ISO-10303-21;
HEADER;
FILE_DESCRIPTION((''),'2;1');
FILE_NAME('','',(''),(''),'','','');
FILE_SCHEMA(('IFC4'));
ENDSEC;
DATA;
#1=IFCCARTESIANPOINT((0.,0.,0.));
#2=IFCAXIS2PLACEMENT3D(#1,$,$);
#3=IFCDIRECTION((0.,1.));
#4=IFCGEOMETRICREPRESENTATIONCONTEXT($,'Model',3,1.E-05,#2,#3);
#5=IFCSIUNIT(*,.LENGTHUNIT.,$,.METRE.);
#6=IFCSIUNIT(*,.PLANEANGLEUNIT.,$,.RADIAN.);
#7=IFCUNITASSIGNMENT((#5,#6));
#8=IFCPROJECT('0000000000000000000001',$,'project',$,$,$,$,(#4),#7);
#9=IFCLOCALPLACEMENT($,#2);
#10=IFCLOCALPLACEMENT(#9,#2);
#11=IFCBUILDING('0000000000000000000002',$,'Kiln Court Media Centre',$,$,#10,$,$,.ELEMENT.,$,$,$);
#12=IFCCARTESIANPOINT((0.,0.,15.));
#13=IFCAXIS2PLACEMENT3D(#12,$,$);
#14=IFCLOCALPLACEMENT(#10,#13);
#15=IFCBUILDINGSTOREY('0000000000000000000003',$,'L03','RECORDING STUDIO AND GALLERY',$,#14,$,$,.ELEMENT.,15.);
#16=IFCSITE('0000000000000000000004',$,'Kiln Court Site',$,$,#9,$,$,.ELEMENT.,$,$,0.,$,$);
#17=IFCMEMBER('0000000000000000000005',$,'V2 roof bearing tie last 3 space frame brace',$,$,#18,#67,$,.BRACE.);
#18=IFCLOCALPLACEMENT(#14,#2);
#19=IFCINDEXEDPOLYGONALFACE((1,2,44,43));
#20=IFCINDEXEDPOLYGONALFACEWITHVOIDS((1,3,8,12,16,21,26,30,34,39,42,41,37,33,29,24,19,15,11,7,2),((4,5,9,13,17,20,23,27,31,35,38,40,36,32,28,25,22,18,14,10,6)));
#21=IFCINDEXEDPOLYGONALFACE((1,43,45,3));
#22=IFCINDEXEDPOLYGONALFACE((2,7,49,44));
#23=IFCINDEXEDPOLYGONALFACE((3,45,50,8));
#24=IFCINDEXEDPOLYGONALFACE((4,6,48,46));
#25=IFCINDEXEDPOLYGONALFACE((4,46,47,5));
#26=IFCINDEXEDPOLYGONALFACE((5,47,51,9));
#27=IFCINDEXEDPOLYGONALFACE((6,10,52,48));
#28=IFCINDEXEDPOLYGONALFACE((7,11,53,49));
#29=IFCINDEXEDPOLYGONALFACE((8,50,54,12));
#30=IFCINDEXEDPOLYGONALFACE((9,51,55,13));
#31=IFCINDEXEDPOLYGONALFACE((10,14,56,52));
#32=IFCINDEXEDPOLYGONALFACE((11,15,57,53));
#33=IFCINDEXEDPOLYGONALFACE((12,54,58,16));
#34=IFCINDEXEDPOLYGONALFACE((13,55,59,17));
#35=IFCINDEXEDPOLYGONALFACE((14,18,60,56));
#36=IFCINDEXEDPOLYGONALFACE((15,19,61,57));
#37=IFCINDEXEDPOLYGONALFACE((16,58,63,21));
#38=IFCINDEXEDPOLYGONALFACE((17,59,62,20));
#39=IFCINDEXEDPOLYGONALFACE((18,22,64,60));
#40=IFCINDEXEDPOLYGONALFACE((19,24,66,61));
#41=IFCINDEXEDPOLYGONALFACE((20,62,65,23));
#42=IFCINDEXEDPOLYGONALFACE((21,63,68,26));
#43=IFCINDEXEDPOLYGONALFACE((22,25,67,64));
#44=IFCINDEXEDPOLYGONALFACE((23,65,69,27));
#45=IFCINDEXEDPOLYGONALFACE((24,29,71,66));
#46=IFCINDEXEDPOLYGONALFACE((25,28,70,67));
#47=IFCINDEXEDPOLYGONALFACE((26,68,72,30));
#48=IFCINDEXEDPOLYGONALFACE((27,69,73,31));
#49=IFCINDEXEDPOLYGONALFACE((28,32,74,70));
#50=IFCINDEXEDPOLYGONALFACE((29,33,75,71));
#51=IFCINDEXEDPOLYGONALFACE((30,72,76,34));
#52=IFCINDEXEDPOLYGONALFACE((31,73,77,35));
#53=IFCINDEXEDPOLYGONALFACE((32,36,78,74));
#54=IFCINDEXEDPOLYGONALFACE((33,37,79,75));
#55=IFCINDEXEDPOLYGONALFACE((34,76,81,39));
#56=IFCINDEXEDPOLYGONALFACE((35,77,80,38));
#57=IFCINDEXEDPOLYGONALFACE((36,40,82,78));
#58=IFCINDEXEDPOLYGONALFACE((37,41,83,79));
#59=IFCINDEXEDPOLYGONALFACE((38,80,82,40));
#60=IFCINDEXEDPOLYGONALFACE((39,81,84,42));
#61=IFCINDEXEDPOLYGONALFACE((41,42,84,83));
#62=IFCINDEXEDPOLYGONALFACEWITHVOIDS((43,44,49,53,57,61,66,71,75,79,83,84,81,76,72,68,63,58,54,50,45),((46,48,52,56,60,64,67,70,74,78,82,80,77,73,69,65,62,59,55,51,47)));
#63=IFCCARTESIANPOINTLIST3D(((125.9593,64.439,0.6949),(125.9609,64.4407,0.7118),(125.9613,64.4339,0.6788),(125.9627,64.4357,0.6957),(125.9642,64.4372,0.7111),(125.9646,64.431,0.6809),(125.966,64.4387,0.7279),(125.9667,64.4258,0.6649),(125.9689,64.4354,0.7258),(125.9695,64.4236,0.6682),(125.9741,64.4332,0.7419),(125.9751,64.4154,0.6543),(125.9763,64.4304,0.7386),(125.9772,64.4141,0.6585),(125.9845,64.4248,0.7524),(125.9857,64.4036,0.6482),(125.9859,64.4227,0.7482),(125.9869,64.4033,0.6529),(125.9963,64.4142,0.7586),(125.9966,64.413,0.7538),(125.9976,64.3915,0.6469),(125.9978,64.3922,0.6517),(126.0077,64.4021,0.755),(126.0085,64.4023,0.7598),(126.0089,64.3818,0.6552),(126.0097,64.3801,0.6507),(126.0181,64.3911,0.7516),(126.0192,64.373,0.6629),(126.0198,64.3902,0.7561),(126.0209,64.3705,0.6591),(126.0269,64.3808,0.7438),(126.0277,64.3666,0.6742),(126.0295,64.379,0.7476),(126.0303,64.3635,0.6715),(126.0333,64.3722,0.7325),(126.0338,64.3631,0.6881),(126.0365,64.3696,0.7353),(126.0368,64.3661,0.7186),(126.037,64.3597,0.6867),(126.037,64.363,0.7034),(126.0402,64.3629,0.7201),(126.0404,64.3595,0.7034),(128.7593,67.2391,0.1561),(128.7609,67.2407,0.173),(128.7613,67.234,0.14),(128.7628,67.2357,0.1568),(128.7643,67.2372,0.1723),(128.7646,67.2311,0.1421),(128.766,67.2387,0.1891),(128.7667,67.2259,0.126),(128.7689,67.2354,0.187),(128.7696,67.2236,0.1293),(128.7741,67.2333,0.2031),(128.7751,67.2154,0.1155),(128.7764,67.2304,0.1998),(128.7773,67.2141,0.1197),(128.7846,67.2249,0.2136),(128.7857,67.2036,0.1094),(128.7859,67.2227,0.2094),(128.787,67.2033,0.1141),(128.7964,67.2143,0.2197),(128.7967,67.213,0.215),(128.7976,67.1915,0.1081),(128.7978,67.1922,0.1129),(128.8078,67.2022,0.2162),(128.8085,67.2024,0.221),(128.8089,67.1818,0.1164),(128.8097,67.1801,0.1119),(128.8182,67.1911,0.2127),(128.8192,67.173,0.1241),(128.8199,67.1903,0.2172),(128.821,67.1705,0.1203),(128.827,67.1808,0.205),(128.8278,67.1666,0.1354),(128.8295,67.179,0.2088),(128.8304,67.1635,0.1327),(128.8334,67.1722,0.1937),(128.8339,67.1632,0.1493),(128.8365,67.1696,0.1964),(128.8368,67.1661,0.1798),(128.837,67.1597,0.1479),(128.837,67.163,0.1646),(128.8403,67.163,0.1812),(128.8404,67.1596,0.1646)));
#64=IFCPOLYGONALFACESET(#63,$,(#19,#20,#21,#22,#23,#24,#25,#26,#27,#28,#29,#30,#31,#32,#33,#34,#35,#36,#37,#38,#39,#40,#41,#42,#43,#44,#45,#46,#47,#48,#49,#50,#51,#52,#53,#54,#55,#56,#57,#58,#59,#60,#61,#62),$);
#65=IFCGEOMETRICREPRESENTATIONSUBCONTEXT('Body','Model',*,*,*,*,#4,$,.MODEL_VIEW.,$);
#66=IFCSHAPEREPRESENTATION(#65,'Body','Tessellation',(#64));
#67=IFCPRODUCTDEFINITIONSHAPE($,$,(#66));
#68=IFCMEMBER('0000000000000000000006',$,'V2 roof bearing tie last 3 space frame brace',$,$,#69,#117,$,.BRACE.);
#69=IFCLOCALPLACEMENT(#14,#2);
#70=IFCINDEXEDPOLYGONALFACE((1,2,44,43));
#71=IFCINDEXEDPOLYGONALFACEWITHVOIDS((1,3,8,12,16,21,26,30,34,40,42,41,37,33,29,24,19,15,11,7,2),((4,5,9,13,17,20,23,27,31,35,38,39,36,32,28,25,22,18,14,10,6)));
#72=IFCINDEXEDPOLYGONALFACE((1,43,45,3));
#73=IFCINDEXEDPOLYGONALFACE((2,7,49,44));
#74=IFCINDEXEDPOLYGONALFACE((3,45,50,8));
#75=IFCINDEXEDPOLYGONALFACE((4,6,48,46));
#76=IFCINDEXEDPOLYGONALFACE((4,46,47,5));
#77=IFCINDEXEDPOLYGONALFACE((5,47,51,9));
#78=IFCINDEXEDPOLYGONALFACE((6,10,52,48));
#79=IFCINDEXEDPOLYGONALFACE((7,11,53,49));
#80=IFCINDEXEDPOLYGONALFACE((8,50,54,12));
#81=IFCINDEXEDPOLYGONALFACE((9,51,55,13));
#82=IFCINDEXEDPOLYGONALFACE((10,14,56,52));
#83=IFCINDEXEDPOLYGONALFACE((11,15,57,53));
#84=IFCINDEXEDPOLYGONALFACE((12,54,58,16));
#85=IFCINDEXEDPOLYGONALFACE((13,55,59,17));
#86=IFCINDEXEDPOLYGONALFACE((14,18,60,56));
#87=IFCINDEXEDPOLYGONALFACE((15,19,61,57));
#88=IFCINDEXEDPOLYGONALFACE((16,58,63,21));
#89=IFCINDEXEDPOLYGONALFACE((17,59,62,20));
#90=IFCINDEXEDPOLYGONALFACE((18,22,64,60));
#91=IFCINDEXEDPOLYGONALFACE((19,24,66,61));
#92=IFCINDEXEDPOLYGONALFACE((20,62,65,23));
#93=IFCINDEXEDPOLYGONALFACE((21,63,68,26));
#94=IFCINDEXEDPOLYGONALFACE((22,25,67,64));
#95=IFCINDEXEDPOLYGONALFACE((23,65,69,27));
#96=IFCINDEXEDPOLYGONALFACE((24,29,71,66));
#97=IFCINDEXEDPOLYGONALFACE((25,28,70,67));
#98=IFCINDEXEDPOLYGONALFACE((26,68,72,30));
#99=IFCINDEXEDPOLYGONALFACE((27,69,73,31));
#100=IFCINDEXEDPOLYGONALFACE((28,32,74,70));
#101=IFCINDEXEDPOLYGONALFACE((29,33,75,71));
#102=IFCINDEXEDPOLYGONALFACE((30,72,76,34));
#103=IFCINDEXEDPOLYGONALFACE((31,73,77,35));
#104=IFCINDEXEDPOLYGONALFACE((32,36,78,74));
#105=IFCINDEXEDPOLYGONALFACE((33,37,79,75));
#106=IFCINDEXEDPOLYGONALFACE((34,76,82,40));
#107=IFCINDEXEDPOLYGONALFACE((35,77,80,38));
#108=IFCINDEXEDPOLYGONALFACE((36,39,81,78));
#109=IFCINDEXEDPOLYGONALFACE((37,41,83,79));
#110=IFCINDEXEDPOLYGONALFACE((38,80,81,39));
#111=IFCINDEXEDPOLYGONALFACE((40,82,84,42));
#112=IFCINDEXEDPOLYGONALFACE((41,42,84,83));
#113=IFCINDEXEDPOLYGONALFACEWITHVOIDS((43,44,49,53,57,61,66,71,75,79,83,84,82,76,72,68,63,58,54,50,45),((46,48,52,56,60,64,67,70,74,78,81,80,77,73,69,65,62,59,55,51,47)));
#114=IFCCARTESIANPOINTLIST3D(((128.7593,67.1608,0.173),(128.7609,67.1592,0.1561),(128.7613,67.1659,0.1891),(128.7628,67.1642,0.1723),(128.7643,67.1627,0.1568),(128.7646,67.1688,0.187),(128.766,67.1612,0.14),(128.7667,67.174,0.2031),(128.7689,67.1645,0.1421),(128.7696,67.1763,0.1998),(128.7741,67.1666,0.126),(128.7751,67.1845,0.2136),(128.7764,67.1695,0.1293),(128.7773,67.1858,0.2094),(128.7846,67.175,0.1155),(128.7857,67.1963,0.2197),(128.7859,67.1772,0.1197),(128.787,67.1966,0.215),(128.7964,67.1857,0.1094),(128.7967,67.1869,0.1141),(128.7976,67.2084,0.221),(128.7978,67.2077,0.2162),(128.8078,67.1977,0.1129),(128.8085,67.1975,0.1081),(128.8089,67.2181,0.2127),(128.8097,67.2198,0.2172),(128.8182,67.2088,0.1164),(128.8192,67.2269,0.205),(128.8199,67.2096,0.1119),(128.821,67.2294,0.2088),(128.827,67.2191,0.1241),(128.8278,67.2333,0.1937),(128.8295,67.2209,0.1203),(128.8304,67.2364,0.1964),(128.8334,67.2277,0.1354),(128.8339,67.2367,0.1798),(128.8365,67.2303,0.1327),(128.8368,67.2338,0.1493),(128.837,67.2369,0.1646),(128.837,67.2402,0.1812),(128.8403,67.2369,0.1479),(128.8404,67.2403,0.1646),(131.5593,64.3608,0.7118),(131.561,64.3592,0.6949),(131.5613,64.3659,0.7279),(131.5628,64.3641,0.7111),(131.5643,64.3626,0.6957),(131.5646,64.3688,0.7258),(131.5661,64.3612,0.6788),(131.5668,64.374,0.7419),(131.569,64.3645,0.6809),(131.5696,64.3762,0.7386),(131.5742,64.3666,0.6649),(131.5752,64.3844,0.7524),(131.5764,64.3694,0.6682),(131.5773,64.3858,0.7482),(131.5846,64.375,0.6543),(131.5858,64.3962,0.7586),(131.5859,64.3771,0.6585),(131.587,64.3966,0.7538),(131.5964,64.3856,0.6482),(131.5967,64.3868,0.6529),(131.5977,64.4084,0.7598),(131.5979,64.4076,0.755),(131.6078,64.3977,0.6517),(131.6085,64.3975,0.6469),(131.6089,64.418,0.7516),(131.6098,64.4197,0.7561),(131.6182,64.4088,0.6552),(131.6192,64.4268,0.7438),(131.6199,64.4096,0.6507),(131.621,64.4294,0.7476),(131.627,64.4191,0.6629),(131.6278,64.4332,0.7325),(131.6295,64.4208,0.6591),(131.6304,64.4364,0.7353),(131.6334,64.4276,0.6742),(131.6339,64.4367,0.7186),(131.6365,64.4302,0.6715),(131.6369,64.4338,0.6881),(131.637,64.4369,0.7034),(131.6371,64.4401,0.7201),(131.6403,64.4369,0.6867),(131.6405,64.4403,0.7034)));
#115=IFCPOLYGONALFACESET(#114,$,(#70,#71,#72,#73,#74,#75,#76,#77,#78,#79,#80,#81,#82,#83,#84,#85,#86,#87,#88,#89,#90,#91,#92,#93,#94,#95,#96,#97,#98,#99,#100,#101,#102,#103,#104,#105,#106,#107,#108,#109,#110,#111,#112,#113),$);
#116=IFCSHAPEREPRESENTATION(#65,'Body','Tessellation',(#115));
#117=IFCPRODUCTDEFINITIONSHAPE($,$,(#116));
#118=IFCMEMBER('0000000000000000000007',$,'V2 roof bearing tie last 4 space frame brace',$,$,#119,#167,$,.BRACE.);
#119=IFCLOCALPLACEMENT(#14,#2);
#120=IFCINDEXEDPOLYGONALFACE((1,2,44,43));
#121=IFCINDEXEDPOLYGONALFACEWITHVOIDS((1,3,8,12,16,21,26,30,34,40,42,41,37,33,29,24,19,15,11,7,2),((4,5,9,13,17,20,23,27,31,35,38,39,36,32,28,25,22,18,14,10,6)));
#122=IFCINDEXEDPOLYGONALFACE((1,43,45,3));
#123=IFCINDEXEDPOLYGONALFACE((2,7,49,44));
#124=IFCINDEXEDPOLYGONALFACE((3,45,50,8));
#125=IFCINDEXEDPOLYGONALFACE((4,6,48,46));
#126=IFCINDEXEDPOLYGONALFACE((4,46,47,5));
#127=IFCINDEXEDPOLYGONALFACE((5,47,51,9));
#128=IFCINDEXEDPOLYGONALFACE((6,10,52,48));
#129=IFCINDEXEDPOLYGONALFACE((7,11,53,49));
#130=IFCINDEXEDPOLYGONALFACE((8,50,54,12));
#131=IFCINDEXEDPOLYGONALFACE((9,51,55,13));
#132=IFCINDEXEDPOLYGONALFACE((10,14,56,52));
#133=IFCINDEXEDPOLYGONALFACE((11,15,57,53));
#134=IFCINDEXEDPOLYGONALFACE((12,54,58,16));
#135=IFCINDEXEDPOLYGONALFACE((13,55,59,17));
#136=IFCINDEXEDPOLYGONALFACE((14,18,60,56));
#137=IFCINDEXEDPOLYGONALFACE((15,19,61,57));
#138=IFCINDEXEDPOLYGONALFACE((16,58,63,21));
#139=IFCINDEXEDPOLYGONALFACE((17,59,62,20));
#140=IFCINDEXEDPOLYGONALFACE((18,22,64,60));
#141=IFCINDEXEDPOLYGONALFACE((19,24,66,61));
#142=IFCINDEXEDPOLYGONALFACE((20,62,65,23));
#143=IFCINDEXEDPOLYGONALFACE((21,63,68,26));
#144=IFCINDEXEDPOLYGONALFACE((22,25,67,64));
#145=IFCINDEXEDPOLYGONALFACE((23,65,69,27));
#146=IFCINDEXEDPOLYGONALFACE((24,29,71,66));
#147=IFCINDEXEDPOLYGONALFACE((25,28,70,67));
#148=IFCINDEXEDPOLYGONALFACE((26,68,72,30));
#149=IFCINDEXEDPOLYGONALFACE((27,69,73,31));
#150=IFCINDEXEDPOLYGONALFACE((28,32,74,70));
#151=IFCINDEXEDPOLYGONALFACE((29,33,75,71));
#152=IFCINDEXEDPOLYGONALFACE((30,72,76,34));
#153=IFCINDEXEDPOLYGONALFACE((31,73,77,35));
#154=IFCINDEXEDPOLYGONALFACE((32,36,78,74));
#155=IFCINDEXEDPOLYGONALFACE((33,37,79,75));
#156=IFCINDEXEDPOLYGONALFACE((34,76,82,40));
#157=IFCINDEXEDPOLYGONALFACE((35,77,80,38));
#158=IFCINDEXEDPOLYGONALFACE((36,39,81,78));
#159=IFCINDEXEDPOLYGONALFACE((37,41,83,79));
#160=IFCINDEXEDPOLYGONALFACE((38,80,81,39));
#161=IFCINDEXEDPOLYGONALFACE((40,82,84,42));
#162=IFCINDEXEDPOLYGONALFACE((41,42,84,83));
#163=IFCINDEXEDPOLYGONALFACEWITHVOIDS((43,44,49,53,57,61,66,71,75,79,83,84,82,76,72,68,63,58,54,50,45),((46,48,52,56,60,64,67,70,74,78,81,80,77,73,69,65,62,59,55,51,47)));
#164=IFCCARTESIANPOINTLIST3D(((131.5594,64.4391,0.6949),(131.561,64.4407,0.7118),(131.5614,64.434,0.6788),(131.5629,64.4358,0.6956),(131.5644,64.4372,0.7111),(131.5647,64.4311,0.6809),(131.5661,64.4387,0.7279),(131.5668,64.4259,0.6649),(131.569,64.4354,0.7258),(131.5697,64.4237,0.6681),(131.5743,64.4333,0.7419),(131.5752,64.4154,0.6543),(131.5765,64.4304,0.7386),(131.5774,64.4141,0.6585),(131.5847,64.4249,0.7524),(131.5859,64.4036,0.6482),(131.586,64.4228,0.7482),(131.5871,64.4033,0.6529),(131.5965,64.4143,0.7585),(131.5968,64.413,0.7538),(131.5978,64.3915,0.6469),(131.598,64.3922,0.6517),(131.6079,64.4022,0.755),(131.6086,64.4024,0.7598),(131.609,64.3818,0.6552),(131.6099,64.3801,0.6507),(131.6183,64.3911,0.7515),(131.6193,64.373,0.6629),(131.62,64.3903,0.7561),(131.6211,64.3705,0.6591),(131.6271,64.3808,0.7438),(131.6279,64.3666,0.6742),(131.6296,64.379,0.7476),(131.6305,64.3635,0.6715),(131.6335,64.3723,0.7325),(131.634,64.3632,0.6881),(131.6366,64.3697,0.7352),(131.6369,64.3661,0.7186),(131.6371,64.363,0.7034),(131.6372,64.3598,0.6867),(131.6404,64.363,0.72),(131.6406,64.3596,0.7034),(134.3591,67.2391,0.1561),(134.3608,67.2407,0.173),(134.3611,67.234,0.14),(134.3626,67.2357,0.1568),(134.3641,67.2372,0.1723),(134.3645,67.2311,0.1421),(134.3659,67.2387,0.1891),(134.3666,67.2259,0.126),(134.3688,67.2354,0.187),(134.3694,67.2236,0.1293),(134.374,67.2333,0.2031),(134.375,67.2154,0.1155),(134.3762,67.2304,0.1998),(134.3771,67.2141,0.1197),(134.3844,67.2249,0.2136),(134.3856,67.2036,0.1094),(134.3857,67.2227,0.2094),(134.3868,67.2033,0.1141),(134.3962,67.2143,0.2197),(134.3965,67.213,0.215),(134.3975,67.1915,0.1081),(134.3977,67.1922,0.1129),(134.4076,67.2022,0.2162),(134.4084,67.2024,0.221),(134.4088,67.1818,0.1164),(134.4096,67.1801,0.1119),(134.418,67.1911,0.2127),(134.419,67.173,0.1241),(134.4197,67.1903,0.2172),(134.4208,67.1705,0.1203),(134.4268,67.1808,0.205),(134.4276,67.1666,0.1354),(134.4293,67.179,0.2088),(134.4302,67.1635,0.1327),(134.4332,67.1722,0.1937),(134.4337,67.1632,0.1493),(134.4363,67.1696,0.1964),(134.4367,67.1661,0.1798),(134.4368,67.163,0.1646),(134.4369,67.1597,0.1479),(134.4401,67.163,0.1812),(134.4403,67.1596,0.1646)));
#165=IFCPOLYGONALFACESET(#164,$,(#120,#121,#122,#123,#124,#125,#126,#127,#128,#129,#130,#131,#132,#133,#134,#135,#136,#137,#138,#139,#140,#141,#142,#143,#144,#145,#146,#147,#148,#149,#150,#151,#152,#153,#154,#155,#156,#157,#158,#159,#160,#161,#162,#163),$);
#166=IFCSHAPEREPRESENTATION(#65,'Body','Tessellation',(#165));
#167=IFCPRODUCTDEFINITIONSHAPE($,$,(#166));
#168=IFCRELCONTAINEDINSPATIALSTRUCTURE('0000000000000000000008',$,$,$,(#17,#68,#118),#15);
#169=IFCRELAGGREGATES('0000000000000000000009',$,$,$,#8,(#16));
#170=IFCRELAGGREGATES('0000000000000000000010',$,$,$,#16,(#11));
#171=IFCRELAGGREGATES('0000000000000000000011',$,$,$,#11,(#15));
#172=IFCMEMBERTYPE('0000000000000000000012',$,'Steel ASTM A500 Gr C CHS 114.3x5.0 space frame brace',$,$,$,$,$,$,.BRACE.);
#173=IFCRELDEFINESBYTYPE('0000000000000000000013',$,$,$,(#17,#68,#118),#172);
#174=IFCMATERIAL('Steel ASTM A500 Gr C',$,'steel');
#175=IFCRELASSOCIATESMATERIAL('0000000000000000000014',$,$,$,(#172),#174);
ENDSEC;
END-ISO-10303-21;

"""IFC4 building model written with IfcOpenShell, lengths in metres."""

from ifc_helpers import new_model, si_unit, direction, frame, origin, origin_2d, place, context, subcontext, project, spatial, hollow_circle, extrude, material, material_profile, profile_set, type_object, element, save


model = new_model("IFC4")

# Units and contexts
model_context = context("Model", 3, precision=1e-05, world=origin(), true_north=direction((0.0, 1.0)))
body_context = subcontext(model_context, "Body", "Model", "MODEL_VIEW")
ifc_project = project(units=[si_unit("LENGTHUNIT", "METRE"), si_unit("PLANEANGLEUNIT", "RADIAN")], contexts=[model_context])

# Site, building, storey
site_placement = place(None, origin())
site = spatial("IfcSite", under=ifc_project, at=site_placement, Name="Kiln Court Site", CompositionType="ELEMENT", RefElevation=0.0)
building_placement = place(site_placement, origin())
building = spatial("IfcBuilding", under=site, at=building_placement, Name="Kiln Court Media Centre", CompositionType="ELEMENT")
storey_placement = place(building_placement, frame((0.0, 0.0, 15.0)))
storey = spatial("IfcBuildingStorey", under=building, at=storey_placement, Name="L03", Description="RECORDING STUDIO AND GALLERY", CompositionType="ELEMENT", Elevation=15.0)

# Members
ifc_material_1 = material(Name="Steel ASTM A500 Gr C", Category="steel")
ifc_material_profile_1 = material_profile(ifc_material_1, hollow_circle(Radius=0.0571, WallThickness=0.0049, at=origin_2d()), Name="CHS 114.3x5.0")
ifc_profile_set_1 = profile_set([ifc_material_profile_1], Name="Steel ASTM A500 Gr C")
member_type_1 = type_object("IfcMemberType", Name="Steel ASTM A500 Gr C CHS 114.3x5.0 space frame brace", PredefinedType="BRACE", material=ifc_profile_set_1)
for number, where, z_axis, x_axis, name in (
    (1, (128.8, 67.2, 0.1646), (-0.70065, -0.70065, 0.134827), (0.707107, -0.707107, 0.0), "V2 roof bearing tie last 3 space frame brace"),
    (2, (128.8, 67.2, 0.1646), (0.70065, -0.70065, 0.134827), (0.707107, 0.707107, 0.0), "V2 roof bearing tie last 3 space frame brace"),
):
    element("IfcMember", number, at=place(storey_placement, frame(where, z_axis=z_axis, x_axis=x_axis)), inside=storey, type_object=member_type_1, Name=name, PredefinedType="BRACE", context=body_context, shape_type="SweptSolid", body=[
        extrude(hollow_circle(Radius=0.0571, WallThickness=0.0049, at=origin_2d()), origin(), (0.0, 0.0, 1.0), 3.9963),
    ])
member_1_placement = place(storey_placement, frame((134.3999, 67.2, 0.1646), z_axis=(-0.700619, -0.70068, 0.134833), x_axis=(0.707138, -0.707076, 0.0)))
element("IfcMember", 3, at=member_1_placement, inside=storey, type_object=member_type_1, Name="V2 roof bearing tie last 4 space frame brace", PredefinedType="BRACE", context=body_context, shape_type="SweptSolid", body=[
    extrude(hollow_circle(Radius=0.0571, WallThickness=0.0049, at=origin_2d()), origin(), (0.0, 0.0, 1.0), 3.9961),
])

save(model, "model.ifc")
